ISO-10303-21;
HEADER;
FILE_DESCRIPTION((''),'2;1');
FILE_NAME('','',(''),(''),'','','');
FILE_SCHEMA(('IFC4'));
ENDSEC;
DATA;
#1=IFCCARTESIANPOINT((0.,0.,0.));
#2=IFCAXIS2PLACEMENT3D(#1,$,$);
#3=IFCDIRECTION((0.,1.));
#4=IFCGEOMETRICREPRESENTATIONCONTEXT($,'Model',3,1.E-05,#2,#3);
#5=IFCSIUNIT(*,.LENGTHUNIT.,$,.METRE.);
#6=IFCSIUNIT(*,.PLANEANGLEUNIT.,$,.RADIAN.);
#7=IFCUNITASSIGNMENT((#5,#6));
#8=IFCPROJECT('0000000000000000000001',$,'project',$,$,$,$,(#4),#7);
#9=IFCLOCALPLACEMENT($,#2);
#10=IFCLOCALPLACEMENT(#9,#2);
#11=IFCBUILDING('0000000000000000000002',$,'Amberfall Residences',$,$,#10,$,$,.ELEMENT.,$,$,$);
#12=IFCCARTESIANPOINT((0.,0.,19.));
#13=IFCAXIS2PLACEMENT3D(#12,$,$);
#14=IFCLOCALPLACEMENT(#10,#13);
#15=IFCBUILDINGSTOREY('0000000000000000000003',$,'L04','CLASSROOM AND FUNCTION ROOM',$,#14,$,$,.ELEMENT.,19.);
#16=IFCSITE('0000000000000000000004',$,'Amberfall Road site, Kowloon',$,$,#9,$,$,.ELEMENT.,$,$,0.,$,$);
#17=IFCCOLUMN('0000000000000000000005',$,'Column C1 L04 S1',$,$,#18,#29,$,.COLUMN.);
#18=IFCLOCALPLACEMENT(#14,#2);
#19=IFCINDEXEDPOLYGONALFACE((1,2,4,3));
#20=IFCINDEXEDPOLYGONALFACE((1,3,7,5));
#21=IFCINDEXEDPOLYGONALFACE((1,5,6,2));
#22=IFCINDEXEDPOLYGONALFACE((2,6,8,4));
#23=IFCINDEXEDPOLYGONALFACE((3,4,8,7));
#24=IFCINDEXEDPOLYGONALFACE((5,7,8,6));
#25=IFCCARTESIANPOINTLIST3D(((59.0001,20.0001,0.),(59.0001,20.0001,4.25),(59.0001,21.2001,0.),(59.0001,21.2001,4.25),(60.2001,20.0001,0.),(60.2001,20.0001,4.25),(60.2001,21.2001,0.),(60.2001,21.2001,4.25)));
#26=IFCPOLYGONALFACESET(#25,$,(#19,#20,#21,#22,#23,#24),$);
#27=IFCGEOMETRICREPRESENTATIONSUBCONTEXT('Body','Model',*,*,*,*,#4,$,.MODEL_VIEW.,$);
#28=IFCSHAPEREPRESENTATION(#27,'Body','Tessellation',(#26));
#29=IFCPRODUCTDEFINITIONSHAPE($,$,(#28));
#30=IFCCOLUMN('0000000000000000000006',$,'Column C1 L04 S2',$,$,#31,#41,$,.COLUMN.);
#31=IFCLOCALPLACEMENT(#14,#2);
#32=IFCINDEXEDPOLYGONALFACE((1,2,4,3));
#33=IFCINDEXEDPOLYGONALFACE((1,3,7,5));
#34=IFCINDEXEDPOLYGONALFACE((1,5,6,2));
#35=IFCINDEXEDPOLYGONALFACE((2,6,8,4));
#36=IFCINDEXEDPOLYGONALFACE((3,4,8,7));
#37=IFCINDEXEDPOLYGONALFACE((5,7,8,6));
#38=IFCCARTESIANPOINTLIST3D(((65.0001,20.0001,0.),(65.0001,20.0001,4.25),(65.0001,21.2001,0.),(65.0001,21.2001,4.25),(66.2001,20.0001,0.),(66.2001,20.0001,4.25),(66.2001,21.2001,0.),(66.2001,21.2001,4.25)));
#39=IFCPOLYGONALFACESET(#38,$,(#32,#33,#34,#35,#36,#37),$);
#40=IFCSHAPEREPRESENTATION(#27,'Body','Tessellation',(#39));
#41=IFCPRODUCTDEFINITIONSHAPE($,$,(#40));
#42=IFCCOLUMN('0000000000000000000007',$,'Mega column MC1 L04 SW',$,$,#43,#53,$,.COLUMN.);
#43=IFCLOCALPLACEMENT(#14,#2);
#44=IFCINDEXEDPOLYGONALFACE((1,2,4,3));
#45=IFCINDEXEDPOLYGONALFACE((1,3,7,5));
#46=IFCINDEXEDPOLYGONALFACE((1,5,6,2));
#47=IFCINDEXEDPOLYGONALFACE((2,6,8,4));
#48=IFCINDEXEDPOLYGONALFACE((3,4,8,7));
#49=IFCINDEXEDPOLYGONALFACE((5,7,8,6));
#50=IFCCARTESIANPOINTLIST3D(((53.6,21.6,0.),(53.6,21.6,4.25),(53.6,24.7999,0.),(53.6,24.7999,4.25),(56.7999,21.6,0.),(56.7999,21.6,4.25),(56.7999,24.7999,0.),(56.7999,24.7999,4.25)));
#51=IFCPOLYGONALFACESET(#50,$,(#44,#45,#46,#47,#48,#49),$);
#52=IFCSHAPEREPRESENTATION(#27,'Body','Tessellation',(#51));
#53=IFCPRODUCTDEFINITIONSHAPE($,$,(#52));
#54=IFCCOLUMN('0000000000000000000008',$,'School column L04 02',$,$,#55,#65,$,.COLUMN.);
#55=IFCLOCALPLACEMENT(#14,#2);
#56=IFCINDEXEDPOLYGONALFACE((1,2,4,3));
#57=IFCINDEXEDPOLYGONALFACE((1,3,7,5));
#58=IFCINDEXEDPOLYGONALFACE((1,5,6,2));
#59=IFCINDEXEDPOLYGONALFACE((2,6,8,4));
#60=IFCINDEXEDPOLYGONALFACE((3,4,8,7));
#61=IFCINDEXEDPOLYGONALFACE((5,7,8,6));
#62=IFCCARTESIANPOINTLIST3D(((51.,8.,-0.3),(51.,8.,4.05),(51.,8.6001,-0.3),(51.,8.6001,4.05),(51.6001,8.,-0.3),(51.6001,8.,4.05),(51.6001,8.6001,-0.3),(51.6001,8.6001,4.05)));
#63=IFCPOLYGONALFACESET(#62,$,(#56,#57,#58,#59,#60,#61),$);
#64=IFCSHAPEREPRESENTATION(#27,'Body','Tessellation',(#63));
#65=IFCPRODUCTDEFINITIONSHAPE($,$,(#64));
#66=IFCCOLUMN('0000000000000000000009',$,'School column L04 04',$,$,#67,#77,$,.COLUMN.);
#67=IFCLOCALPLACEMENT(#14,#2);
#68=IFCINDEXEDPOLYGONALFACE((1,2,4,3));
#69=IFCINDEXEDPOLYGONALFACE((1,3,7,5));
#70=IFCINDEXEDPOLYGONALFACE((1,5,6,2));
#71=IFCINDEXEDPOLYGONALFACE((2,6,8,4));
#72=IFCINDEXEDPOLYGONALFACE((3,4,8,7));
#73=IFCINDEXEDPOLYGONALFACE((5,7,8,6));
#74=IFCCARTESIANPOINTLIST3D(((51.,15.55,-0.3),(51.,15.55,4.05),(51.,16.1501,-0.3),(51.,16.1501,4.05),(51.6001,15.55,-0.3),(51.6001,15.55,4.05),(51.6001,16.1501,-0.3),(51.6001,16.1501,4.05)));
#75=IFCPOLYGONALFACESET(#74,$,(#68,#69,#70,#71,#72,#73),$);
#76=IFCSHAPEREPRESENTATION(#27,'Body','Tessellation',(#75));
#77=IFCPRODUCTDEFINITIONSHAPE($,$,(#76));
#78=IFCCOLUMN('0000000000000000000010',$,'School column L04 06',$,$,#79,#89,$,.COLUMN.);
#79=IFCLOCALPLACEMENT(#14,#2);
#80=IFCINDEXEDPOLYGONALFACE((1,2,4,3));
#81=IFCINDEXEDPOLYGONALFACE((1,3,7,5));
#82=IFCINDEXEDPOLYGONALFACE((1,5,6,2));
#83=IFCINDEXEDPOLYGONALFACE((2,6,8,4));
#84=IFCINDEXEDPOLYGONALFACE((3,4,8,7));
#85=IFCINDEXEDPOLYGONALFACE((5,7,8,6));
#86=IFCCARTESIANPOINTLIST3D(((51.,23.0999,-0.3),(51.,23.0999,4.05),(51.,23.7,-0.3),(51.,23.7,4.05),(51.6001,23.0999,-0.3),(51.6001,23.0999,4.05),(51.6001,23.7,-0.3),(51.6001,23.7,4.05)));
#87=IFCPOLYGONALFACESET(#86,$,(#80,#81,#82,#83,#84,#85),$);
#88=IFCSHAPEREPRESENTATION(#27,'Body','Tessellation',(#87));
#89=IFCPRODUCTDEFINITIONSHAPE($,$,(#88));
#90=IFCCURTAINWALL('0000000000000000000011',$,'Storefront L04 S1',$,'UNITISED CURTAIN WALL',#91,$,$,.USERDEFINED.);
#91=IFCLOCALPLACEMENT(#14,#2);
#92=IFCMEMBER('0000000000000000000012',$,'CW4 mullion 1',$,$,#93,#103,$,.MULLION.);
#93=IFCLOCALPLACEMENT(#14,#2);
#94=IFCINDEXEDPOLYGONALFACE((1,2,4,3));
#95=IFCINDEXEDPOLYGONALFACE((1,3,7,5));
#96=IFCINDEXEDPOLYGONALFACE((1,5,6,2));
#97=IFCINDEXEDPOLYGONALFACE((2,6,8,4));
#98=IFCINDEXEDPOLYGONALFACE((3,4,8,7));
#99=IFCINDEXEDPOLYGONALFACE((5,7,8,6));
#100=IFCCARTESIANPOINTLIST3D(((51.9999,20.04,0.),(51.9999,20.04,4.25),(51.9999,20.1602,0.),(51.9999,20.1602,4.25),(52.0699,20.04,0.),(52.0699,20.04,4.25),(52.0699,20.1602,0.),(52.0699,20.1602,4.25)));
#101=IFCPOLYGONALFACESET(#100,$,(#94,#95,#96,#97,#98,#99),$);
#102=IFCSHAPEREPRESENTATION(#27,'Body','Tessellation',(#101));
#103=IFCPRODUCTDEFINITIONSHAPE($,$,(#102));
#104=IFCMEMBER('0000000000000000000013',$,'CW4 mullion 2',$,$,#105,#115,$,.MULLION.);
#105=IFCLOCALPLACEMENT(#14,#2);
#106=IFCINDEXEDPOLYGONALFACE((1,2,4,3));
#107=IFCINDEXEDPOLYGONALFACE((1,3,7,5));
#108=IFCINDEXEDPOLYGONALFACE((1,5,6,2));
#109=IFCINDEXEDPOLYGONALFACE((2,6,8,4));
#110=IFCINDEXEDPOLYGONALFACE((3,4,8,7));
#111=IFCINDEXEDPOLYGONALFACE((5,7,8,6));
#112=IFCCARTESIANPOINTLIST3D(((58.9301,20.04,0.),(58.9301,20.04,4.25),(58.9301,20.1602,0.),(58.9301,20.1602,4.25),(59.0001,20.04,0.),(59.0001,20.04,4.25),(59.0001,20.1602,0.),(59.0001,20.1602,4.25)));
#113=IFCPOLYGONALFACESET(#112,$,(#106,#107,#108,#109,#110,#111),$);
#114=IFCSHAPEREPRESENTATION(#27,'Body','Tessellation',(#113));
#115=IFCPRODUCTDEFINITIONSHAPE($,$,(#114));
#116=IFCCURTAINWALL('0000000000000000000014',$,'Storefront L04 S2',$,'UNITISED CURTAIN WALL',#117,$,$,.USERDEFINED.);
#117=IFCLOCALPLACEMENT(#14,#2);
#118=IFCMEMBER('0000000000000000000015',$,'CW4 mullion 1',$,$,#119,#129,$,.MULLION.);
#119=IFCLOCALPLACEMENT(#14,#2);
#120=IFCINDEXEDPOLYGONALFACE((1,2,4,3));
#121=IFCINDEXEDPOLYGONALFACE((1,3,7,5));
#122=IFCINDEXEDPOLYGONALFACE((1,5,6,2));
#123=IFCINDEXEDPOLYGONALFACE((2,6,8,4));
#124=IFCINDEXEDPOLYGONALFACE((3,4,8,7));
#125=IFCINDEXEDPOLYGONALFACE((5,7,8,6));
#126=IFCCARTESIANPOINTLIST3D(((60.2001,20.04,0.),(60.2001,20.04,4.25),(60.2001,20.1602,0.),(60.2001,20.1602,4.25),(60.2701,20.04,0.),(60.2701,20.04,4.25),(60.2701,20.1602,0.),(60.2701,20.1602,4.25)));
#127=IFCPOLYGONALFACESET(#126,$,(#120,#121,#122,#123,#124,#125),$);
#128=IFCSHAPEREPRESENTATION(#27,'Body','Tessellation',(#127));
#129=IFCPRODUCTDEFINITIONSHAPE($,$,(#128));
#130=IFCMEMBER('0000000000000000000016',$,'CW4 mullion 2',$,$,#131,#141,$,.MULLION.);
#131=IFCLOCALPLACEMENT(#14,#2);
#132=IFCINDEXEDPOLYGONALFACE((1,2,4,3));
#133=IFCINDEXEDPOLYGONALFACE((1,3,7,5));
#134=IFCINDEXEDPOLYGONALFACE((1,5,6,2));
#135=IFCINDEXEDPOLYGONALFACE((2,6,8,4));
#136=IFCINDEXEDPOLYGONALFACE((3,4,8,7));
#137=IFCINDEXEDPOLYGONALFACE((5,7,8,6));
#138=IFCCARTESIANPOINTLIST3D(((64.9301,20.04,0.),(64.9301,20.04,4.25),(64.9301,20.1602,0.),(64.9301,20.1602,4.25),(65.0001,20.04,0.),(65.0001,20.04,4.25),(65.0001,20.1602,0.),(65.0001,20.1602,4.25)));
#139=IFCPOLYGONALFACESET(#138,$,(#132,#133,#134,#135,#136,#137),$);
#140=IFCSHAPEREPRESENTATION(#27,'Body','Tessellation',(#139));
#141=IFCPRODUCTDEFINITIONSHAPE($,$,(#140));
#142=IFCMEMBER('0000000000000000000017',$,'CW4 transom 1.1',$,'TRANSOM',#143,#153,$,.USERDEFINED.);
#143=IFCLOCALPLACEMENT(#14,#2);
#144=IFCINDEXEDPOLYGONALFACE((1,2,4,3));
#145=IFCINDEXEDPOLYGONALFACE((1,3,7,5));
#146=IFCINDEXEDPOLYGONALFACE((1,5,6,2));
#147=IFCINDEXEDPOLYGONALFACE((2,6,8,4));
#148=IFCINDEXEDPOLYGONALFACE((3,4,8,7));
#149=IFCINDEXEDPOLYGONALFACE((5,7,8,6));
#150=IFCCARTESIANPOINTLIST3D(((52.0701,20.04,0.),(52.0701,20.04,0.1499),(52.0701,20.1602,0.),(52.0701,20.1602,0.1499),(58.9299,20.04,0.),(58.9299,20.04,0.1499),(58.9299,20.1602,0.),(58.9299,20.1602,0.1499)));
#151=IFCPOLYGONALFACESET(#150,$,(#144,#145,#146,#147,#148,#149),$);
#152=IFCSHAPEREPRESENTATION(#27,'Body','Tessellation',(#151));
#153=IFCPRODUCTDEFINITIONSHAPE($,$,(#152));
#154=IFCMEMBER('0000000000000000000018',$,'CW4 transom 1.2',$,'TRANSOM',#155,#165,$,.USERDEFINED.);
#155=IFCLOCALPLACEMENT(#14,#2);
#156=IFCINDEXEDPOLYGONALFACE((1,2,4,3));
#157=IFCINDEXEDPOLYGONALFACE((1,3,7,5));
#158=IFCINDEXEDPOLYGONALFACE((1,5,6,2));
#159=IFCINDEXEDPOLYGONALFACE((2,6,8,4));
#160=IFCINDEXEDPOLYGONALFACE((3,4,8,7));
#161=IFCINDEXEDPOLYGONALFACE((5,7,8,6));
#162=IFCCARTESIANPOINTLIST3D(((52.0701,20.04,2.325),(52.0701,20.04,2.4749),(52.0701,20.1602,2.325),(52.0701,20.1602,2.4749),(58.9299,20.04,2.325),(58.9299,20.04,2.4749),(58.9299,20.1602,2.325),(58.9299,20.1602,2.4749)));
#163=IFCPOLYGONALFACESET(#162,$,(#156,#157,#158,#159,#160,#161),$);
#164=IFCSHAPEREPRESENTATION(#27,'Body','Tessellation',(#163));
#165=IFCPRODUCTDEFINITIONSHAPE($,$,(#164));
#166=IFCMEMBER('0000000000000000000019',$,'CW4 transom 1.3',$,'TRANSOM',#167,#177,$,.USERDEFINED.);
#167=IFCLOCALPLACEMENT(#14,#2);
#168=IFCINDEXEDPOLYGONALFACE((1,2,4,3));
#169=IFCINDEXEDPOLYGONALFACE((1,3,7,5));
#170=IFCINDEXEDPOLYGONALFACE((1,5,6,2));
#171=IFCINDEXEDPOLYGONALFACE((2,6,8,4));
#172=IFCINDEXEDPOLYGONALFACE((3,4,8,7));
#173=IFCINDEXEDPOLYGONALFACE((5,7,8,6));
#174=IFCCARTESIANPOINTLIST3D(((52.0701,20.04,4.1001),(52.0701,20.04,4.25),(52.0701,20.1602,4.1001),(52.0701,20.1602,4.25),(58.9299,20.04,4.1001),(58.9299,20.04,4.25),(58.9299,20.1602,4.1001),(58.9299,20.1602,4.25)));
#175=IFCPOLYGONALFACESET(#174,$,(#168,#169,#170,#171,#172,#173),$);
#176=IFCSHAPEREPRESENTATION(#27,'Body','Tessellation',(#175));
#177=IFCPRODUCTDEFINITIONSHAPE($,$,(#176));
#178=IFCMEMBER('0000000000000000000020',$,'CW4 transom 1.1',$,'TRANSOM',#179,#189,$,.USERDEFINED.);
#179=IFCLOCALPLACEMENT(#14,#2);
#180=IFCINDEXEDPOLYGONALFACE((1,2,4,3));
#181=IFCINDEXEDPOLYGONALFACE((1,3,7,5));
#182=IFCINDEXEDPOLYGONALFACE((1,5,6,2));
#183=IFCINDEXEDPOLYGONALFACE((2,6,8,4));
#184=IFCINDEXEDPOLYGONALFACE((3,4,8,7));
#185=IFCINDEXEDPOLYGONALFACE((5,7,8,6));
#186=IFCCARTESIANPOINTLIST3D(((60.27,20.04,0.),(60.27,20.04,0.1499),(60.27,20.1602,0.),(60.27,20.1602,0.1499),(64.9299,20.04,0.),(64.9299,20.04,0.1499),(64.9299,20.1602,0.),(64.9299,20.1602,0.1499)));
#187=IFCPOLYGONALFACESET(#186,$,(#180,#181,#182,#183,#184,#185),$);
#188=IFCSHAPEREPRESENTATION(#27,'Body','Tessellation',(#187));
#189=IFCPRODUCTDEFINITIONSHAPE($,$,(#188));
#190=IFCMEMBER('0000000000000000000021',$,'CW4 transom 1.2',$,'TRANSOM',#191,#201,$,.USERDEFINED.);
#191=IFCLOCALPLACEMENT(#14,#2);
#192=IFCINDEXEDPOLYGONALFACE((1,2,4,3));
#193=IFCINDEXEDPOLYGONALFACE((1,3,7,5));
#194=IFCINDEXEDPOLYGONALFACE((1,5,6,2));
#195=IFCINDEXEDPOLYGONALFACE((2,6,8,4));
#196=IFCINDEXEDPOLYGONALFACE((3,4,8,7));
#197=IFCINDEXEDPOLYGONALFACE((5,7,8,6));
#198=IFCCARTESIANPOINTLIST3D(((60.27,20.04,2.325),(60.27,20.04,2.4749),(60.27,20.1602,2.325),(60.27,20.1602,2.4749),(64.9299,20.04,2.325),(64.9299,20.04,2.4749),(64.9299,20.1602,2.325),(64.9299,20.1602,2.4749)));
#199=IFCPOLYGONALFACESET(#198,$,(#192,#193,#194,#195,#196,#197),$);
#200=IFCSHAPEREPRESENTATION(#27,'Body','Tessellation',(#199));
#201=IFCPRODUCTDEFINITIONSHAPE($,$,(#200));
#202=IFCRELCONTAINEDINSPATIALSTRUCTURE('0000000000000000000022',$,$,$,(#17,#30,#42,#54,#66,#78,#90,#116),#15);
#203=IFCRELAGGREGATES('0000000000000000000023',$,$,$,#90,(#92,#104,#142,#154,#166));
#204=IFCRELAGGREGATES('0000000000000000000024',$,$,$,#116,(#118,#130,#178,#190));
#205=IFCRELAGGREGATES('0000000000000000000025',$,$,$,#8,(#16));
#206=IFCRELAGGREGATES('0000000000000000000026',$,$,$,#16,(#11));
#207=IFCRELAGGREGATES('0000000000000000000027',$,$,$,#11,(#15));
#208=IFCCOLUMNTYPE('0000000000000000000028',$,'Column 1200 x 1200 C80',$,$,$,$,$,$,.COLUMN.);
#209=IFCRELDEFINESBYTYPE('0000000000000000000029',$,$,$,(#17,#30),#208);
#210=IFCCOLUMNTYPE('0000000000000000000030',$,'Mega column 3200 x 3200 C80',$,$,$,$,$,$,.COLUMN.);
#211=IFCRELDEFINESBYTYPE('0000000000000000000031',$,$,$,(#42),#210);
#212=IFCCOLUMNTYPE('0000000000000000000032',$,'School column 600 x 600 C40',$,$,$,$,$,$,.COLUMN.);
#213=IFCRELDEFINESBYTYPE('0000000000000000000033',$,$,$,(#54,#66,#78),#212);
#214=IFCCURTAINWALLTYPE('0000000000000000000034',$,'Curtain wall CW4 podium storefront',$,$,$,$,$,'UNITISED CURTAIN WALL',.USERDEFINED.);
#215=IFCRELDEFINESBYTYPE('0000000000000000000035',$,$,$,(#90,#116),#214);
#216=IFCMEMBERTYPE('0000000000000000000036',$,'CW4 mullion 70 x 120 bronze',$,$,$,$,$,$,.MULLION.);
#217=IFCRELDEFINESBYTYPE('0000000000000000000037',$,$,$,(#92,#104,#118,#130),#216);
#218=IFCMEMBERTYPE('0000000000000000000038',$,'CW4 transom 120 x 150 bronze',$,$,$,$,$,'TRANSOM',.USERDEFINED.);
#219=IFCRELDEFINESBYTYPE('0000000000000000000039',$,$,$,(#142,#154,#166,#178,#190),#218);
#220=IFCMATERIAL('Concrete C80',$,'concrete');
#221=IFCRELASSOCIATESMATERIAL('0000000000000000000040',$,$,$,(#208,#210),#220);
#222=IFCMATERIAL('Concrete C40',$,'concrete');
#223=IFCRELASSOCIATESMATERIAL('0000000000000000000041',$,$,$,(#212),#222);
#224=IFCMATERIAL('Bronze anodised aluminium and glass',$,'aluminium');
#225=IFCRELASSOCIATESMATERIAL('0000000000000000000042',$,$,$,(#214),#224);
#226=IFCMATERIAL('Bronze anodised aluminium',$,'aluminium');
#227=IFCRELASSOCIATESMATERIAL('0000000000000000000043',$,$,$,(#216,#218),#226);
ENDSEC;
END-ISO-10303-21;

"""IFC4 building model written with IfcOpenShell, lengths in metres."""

from ifc_helpers import new_model, si_unit, direction, frame, origin, origin_2d, place, context, subcontext, project, spatial, rectangle, extrude, material, material_profile, profile_set, type_object, element, aggregate, save


model = new_model("IFC4")

# Units and contexts
model_context = context("Model", 3, precision=1e-05, world=origin(), true_north=direction((0.0, 1.0)))
body_context = subcontext(model_context, "Body", "Model", "MODEL_VIEW")
ifc_project = project(units=[si_unit("LENGTHUNIT", "METRE"), si_unit("PLANEANGLEUNIT", "RADIAN")], contexts=[model_context])

# Site, building, storey
site_placement = place(None, origin())
site = spatial("IfcSite", under=ifc_project, at=site_placement, Name="Amberfall Road site, Kowloon", CompositionType="ELEMENT", RefElevation=0.0)
building_placement = place(site_placement, origin())
building = spatial("IfcBuilding", under=site, at=building_placement, Name="Amberfall Residences", CompositionType="ELEMENT")
storey_placement = place(building_placement, frame((0.0, 0.0, 19.0)))
storey = spatial("IfcBuildingStorey", under=building, at=storey_placement, Name="L04", Description="CLASSROOM AND FUNCTION ROOM", CompositionType="ELEMENT", Elevation=19.0)

# Columns
ifc_material_1 = material(Name="Concrete C80", Category="concrete")
ifc_material_profile_1 = material_profile(ifc_material_1, rectangle(XDim=1.2, YDim=1.2, at=origin_2d()), Name="Column 1200 x 1200 C80")
ifc_profile_set_1 = profile_set([ifc_material_profile_1], Name="Concrete C80")
column_type_1 = type_object("IfcColumnType", Name="Column 1200 x 1200 C80", PredefinedType="COLUMN", material=ifc_profile_set_1)
for number, where, z_axis, x_axis, name in (
    (1, (59.6001, 20.6001, 0.0), (0.0, 0.0, 1.0), (1.0, 0.0, 0.0), "Column C1 L04 S1"),
    (2, (65.6001, 20.6001, 0.0), (0.0, 0.0, 1.0), (1.0, 0.0, 0.0), "Column C1 L04 S2"),
):
    element("IfcColumn", number, at=place(storey_placement, frame(where, z_axis=z_axis, x_axis=x_axis)), inside=storey, type_object=column_type_1, Name=name, PredefinedType="COLUMN", context=body_context, shape_type="SweptSolid", body=[
        extrude(rectangle(XDim=1.2, YDim=1.2, at=origin_2d()), origin(), (0.0, 0.0, 1.0), 4.25),
    ])
ifc_material_profile_2 = material_profile(ifc_material_1, rectangle(XDim=3.2, YDim=3.2, at=origin_2d()), Name="Mega column 3200 x 3200 C80")
ifc_profile_set_2 = profile_set([ifc_material_profile_2], Name="Concrete C80")
column_type_2 = type_object("IfcColumnType", Name="Mega column 3200 x 3200 C80", PredefinedType="COLUMN", material=ifc_profile_set_2)
column_placement = place(storey_placement, frame((55.2, 23.2, 0.0), z_axis=(0.0, 0.0, 1.0), x_axis=(1.0, 0.0, 0.0)))
element("IfcColumn", 3, at=column_placement, inside=storey, type_object=column_type_2, Name="Mega column MC1 L04 SW", PredefinedType="COLUMN", context=body_context, shape_type="SweptSolid", body=[
    extrude(rectangle(XDim=3.2, YDim=3.2, at=origin_2d()), origin(), (0.0, 0.0, 1.0), 4.25),
])
ifc_material_2 = material(Name="Concrete C40", Category="concrete")
ifc_material_profile_3 = material_profile(ifc_material_2, rectangle(XDim=0.6001, YDim=0.6001, at=origin_2d()), Name="School column 600 x 600 C40")
ifc_profile_set_3 = profile_set([ifc_material_profile_3], Name="Concrete C40")
column_type_3 = type_object("IfcColumnType", Name="School column 600 x 600 C40", PredefinedType="COLUMN", material=ifc_profile_set_3)
for number, where, z_axis, x_axis, name in (
    (4, (51.3, 8.3, -0.3), (0.0, 0.0, 1.0), (1.0, 0.0, 0.0), "School column L04 02"),
    (5, (51.3, 15.8501, -0.3), (0.0, 0.0, 1.0), (1.0, 0.0, 0.0), "School column L04 04"),
    (6, (51.3, 23.3999, -0.3), (0.0, 0.0, 1.0), (1.0, 0.0, 0.0), "School column L04 06"),
):
    element("IfcColumn", number, at=place(storey_placement, frame(where, z_axis=z_axis, x_axis=x_axis)), inside=storey, type_object=column_type_3, Name=name, PredefinedType="COLUMN", context=body_context, shape_type="SweptSolid", body=[
        extrude(rectangle(XDim=0.6001, YDim=0.6001, at=origin_2d()), origin(), (0.0, 0.0, 1.0), 4.3501),
    ])

# Curtain walls, members
ifc_material_3 = material(Name="Bronze anodised aluminium and glass", Category="aluminium")
curtain_wall_type = type_object("IfcCurtainWallType", Name="Curtain wall CW4 podium storefront", ElementType="UNITISED CURTAIN WALL", PredefinedType="USERDEFINED", material=ifc_material_3)
curtain_wall_1_placement = place(storey_placement, origin())
curtain_wall_1 = element("IfcCurtainWall", 7, at=curtain_wall_1_placement, inside=storey, type_object=curtain_wall_type, Name="Storefront L04 S1", ObjectType="UNITISED CURTAIN WALL", PredefinedType="USERDEFINED")
ifc_material_4 = material(Name="Bronze anodised aluminium", Category="aluminium")
ifc_material_profile_4 = material_profile(ifc_material_4, rectangle(XDim=0.1201, YDim=0.0701, at=origin_2d()), Name="CW4 mullion 70 x 120 bronze")
ifc_profile_set_4 = profile_set([ifc_material_profile_4], Name="Bronze anodised aluminium")
member_type_1 = type_object("IfcMemberType", Name="CW4 mullion 70 x 120 bronze", PredefinedType="MULLION", material=ifc_profile_set_4)
member_1_placement = place(storey_placement, frame((52.0349, 20.1001, 0.0), z_axis=(0.0, 0.0, 1.0), x_axis=(0.0, 1.0, 0.0)))
member_1 = element("IfcMember", 8, at=member_1_placement, type_object=member_type_1, Name="CW4 mullion 1", PredefinedType="MULLION", context=body_context, shape_type="SweptSolid", body=[
    extrude(rectangle(XDim=0.1201, YDim=0.0701, at=origin_2d()), origin(), (0.0, 0.0, 1.0), 4.25),
])
member_2_placement = place(storey_placement, frame((58.9651, 20.1001, 0.0), z_axis=(0.0, 0.0, 1.0), x_axis=(0.0, 1.0, 0.0)))
member_2 = element("IfcMember", 9, at=member_2_placement, type_object=member_type_1, Name="CW4 mullion 2", PredefinedType="MULLION", context=body_context, shape_type="SweptSolid", body=[
    extrude(rectangle(XDim=0.1201, YDim=0.0701, at=origin_2d()), origin(), (0.0, 0.0, 1.0), 4.25),
])
curtain_wall_2_placement = place(storey_placement, origin())
curtain_wall_2 = element("IfcCurtainWall", 10, at=curtain_wall_2_placement, inside=storey, type_object=curtain_wall_type, Name="Storefront L04 S2", ObjectType="UNITISED CURTAIN WALL", PredefinedType="USERDEFINED")
member_3_placement = place(storey_placement, frame((60.2351, 20.1001, 0.0), z_axis=(0.0, 0.0, 1.0), x_axis=(0.0, 1.0, 0.0)))
member_3 = element("IfcMember", 11, at=member_3_placement, type_object=member_type_1, Name="CW4 mullion 1", PredefinedType="MULLION", context=body_context, shape_type="SweptSolid", body=[
    extrude(rectangle(XDim=0.1201, YDim=0.0701, at=origin_2d()), origin(), (0.0, 0.0, 1.0), 4.25),
])
member_4_placement = place(storey_placement, frame((64.9651, 20.1001, 0.0), z_axis=(0.0, 0.0, 1.0), x_axis=(0.0, 1.0, 0.0)))
member_4 = element("IfcMember", 12, at=member_4_placement, type_object=member_type_1, Name="CW4 mullion 2", PredefinedType="MULLION", context=body_context, shape_type="SweptSolid", body=[
    extrude(rectangle(XDim=0.1201, YDim=0.0701, at=origin_2d()), origin(), (0.0, 0.0, 1.0), 4.25),
])

# Members
ifc_material_profile_5 = material_profile(ifc_material_4, rectangle(XDim=0.1201, YDim=0.1499, at=origin_2d()), Name="CW4 transom 120 x 150 bronze")
ifc_profile_set_5 = profile_set([ifc_material_profile_5], Name="Bronze anodised aluminium")
member_type_2 = type_object("IfcMemberType", Name="CW4 transom 120 x 150 bronze", ElementType="TRANSOM", PredefinedType="USERDEFINED", material=ifc_profile_set_5)
member_5_placement = place(storey_placement, frame((52.0701, 20.1001, 0.075), z_axis=(1.0, 0.0, 0.0), x_axis=(0.0, 1.0, 0.0)))
member_5 = element("IfcMember", 13, at=member_5_placement, type_object=member_type_2, Name="CW4 transom 1.1", ObjectType="TRANSOM", PredefinedType="USERDEFINED", context=body_context, shape_type="SweptSolid", body=[
    extrude(rectangle(XDim=0.1201, YDim=0.1499, at=origin_2d()), origin(), (0.0, 0.0, 1.0), 6.8599),
])
member_6_placement = place(storey_placement, frame((52.0701, 20.1001, 2.3999), z_axis=(1.0, 0.0, 0.0), x_axis=(0.0, 1.0, 0.0)))
member_6 = element("IfcMember", 14, at=member_6_placement, type_object=member_type_2, Name="CW4 transom 1.2", ObjectType="TRANSOM", PredefinedType="USERDEFINED", context=body_context, shape_type="SweptSolid", body=[
    extrude(rectangle(XDim=0.1201, YDim=0.1499, at=origin_2d()), origin(), (0.0, 0.0, 1.0), 6.8599),
])
member_7_placement = place(storey_placement, frame((52.0701, 20.1001, 4.175), z_axis=(1.0, 0.0, 0.0), x_axis=(0.0, 1.0, 0.0)))
member_7 = element("IfcMember", 15, at=member_7_placement, type_object=member_type_2, Name="CW4 transom 1.3", ObjectType="TRANSOM", PredefinedType="USERDEFINED", context=body_context, shape_type="SweptSolid", body=[
    extrude(rectangle(XDim=0.1201, YDim=0.1499, at=origin_2d()), origin(), (0.0, 0.0, 1.0), 6.8599),
])
member_8_placement = place(storey_placement, frame((60.27, 20.1001, 0.075), z_axis=(1.0, 0.0, 0.0), x_axis=(0.0, 1.0, 0.0)))
member_8 = element("IfcMember", 16, at=member_8_placement, type_object=member_type_2, Name="CW4 transom 1.1", ObjectType="TRANSOM", PredefinedType="USERDEFINED", context=body_context, shape_type="SweptSolid", body=[
    extrude(rectangle(XDim=0.1201, YDim=0.1499, at=origin_2d()), origin(), (0.0, 0.0, 1.0), 4.6599),
])
member_9_placement = place(storey_placement, frame((60.27, 20.1001, 2.3999), z_axis=(1.0, 0.0, 0.0), x_axis=(0.0, 1.0, 0.0)))
member_9 = element("IfcMember", 17, at=member_9_placement, type_object=member_type_2, Name="CW4 transom 1.2", ObjectType="TRANSOM", PredefinedType="USERDEFINED", context=body_context, shape_type="SweptSolid", body=[
    extrude(rectangle(XDim=0.1201, YDim=0.1499, at=origin_2d()), origin(), (0.0, 0.0, 1.0), 4.6599),
])

aggregate(curtain_wall_1, [member_1, member_2, member_5, member_6, member_7])
aggregate(curtain_wall_2, [member_3, member_4, member_8, member_9])

save(model, "model.ifc")
